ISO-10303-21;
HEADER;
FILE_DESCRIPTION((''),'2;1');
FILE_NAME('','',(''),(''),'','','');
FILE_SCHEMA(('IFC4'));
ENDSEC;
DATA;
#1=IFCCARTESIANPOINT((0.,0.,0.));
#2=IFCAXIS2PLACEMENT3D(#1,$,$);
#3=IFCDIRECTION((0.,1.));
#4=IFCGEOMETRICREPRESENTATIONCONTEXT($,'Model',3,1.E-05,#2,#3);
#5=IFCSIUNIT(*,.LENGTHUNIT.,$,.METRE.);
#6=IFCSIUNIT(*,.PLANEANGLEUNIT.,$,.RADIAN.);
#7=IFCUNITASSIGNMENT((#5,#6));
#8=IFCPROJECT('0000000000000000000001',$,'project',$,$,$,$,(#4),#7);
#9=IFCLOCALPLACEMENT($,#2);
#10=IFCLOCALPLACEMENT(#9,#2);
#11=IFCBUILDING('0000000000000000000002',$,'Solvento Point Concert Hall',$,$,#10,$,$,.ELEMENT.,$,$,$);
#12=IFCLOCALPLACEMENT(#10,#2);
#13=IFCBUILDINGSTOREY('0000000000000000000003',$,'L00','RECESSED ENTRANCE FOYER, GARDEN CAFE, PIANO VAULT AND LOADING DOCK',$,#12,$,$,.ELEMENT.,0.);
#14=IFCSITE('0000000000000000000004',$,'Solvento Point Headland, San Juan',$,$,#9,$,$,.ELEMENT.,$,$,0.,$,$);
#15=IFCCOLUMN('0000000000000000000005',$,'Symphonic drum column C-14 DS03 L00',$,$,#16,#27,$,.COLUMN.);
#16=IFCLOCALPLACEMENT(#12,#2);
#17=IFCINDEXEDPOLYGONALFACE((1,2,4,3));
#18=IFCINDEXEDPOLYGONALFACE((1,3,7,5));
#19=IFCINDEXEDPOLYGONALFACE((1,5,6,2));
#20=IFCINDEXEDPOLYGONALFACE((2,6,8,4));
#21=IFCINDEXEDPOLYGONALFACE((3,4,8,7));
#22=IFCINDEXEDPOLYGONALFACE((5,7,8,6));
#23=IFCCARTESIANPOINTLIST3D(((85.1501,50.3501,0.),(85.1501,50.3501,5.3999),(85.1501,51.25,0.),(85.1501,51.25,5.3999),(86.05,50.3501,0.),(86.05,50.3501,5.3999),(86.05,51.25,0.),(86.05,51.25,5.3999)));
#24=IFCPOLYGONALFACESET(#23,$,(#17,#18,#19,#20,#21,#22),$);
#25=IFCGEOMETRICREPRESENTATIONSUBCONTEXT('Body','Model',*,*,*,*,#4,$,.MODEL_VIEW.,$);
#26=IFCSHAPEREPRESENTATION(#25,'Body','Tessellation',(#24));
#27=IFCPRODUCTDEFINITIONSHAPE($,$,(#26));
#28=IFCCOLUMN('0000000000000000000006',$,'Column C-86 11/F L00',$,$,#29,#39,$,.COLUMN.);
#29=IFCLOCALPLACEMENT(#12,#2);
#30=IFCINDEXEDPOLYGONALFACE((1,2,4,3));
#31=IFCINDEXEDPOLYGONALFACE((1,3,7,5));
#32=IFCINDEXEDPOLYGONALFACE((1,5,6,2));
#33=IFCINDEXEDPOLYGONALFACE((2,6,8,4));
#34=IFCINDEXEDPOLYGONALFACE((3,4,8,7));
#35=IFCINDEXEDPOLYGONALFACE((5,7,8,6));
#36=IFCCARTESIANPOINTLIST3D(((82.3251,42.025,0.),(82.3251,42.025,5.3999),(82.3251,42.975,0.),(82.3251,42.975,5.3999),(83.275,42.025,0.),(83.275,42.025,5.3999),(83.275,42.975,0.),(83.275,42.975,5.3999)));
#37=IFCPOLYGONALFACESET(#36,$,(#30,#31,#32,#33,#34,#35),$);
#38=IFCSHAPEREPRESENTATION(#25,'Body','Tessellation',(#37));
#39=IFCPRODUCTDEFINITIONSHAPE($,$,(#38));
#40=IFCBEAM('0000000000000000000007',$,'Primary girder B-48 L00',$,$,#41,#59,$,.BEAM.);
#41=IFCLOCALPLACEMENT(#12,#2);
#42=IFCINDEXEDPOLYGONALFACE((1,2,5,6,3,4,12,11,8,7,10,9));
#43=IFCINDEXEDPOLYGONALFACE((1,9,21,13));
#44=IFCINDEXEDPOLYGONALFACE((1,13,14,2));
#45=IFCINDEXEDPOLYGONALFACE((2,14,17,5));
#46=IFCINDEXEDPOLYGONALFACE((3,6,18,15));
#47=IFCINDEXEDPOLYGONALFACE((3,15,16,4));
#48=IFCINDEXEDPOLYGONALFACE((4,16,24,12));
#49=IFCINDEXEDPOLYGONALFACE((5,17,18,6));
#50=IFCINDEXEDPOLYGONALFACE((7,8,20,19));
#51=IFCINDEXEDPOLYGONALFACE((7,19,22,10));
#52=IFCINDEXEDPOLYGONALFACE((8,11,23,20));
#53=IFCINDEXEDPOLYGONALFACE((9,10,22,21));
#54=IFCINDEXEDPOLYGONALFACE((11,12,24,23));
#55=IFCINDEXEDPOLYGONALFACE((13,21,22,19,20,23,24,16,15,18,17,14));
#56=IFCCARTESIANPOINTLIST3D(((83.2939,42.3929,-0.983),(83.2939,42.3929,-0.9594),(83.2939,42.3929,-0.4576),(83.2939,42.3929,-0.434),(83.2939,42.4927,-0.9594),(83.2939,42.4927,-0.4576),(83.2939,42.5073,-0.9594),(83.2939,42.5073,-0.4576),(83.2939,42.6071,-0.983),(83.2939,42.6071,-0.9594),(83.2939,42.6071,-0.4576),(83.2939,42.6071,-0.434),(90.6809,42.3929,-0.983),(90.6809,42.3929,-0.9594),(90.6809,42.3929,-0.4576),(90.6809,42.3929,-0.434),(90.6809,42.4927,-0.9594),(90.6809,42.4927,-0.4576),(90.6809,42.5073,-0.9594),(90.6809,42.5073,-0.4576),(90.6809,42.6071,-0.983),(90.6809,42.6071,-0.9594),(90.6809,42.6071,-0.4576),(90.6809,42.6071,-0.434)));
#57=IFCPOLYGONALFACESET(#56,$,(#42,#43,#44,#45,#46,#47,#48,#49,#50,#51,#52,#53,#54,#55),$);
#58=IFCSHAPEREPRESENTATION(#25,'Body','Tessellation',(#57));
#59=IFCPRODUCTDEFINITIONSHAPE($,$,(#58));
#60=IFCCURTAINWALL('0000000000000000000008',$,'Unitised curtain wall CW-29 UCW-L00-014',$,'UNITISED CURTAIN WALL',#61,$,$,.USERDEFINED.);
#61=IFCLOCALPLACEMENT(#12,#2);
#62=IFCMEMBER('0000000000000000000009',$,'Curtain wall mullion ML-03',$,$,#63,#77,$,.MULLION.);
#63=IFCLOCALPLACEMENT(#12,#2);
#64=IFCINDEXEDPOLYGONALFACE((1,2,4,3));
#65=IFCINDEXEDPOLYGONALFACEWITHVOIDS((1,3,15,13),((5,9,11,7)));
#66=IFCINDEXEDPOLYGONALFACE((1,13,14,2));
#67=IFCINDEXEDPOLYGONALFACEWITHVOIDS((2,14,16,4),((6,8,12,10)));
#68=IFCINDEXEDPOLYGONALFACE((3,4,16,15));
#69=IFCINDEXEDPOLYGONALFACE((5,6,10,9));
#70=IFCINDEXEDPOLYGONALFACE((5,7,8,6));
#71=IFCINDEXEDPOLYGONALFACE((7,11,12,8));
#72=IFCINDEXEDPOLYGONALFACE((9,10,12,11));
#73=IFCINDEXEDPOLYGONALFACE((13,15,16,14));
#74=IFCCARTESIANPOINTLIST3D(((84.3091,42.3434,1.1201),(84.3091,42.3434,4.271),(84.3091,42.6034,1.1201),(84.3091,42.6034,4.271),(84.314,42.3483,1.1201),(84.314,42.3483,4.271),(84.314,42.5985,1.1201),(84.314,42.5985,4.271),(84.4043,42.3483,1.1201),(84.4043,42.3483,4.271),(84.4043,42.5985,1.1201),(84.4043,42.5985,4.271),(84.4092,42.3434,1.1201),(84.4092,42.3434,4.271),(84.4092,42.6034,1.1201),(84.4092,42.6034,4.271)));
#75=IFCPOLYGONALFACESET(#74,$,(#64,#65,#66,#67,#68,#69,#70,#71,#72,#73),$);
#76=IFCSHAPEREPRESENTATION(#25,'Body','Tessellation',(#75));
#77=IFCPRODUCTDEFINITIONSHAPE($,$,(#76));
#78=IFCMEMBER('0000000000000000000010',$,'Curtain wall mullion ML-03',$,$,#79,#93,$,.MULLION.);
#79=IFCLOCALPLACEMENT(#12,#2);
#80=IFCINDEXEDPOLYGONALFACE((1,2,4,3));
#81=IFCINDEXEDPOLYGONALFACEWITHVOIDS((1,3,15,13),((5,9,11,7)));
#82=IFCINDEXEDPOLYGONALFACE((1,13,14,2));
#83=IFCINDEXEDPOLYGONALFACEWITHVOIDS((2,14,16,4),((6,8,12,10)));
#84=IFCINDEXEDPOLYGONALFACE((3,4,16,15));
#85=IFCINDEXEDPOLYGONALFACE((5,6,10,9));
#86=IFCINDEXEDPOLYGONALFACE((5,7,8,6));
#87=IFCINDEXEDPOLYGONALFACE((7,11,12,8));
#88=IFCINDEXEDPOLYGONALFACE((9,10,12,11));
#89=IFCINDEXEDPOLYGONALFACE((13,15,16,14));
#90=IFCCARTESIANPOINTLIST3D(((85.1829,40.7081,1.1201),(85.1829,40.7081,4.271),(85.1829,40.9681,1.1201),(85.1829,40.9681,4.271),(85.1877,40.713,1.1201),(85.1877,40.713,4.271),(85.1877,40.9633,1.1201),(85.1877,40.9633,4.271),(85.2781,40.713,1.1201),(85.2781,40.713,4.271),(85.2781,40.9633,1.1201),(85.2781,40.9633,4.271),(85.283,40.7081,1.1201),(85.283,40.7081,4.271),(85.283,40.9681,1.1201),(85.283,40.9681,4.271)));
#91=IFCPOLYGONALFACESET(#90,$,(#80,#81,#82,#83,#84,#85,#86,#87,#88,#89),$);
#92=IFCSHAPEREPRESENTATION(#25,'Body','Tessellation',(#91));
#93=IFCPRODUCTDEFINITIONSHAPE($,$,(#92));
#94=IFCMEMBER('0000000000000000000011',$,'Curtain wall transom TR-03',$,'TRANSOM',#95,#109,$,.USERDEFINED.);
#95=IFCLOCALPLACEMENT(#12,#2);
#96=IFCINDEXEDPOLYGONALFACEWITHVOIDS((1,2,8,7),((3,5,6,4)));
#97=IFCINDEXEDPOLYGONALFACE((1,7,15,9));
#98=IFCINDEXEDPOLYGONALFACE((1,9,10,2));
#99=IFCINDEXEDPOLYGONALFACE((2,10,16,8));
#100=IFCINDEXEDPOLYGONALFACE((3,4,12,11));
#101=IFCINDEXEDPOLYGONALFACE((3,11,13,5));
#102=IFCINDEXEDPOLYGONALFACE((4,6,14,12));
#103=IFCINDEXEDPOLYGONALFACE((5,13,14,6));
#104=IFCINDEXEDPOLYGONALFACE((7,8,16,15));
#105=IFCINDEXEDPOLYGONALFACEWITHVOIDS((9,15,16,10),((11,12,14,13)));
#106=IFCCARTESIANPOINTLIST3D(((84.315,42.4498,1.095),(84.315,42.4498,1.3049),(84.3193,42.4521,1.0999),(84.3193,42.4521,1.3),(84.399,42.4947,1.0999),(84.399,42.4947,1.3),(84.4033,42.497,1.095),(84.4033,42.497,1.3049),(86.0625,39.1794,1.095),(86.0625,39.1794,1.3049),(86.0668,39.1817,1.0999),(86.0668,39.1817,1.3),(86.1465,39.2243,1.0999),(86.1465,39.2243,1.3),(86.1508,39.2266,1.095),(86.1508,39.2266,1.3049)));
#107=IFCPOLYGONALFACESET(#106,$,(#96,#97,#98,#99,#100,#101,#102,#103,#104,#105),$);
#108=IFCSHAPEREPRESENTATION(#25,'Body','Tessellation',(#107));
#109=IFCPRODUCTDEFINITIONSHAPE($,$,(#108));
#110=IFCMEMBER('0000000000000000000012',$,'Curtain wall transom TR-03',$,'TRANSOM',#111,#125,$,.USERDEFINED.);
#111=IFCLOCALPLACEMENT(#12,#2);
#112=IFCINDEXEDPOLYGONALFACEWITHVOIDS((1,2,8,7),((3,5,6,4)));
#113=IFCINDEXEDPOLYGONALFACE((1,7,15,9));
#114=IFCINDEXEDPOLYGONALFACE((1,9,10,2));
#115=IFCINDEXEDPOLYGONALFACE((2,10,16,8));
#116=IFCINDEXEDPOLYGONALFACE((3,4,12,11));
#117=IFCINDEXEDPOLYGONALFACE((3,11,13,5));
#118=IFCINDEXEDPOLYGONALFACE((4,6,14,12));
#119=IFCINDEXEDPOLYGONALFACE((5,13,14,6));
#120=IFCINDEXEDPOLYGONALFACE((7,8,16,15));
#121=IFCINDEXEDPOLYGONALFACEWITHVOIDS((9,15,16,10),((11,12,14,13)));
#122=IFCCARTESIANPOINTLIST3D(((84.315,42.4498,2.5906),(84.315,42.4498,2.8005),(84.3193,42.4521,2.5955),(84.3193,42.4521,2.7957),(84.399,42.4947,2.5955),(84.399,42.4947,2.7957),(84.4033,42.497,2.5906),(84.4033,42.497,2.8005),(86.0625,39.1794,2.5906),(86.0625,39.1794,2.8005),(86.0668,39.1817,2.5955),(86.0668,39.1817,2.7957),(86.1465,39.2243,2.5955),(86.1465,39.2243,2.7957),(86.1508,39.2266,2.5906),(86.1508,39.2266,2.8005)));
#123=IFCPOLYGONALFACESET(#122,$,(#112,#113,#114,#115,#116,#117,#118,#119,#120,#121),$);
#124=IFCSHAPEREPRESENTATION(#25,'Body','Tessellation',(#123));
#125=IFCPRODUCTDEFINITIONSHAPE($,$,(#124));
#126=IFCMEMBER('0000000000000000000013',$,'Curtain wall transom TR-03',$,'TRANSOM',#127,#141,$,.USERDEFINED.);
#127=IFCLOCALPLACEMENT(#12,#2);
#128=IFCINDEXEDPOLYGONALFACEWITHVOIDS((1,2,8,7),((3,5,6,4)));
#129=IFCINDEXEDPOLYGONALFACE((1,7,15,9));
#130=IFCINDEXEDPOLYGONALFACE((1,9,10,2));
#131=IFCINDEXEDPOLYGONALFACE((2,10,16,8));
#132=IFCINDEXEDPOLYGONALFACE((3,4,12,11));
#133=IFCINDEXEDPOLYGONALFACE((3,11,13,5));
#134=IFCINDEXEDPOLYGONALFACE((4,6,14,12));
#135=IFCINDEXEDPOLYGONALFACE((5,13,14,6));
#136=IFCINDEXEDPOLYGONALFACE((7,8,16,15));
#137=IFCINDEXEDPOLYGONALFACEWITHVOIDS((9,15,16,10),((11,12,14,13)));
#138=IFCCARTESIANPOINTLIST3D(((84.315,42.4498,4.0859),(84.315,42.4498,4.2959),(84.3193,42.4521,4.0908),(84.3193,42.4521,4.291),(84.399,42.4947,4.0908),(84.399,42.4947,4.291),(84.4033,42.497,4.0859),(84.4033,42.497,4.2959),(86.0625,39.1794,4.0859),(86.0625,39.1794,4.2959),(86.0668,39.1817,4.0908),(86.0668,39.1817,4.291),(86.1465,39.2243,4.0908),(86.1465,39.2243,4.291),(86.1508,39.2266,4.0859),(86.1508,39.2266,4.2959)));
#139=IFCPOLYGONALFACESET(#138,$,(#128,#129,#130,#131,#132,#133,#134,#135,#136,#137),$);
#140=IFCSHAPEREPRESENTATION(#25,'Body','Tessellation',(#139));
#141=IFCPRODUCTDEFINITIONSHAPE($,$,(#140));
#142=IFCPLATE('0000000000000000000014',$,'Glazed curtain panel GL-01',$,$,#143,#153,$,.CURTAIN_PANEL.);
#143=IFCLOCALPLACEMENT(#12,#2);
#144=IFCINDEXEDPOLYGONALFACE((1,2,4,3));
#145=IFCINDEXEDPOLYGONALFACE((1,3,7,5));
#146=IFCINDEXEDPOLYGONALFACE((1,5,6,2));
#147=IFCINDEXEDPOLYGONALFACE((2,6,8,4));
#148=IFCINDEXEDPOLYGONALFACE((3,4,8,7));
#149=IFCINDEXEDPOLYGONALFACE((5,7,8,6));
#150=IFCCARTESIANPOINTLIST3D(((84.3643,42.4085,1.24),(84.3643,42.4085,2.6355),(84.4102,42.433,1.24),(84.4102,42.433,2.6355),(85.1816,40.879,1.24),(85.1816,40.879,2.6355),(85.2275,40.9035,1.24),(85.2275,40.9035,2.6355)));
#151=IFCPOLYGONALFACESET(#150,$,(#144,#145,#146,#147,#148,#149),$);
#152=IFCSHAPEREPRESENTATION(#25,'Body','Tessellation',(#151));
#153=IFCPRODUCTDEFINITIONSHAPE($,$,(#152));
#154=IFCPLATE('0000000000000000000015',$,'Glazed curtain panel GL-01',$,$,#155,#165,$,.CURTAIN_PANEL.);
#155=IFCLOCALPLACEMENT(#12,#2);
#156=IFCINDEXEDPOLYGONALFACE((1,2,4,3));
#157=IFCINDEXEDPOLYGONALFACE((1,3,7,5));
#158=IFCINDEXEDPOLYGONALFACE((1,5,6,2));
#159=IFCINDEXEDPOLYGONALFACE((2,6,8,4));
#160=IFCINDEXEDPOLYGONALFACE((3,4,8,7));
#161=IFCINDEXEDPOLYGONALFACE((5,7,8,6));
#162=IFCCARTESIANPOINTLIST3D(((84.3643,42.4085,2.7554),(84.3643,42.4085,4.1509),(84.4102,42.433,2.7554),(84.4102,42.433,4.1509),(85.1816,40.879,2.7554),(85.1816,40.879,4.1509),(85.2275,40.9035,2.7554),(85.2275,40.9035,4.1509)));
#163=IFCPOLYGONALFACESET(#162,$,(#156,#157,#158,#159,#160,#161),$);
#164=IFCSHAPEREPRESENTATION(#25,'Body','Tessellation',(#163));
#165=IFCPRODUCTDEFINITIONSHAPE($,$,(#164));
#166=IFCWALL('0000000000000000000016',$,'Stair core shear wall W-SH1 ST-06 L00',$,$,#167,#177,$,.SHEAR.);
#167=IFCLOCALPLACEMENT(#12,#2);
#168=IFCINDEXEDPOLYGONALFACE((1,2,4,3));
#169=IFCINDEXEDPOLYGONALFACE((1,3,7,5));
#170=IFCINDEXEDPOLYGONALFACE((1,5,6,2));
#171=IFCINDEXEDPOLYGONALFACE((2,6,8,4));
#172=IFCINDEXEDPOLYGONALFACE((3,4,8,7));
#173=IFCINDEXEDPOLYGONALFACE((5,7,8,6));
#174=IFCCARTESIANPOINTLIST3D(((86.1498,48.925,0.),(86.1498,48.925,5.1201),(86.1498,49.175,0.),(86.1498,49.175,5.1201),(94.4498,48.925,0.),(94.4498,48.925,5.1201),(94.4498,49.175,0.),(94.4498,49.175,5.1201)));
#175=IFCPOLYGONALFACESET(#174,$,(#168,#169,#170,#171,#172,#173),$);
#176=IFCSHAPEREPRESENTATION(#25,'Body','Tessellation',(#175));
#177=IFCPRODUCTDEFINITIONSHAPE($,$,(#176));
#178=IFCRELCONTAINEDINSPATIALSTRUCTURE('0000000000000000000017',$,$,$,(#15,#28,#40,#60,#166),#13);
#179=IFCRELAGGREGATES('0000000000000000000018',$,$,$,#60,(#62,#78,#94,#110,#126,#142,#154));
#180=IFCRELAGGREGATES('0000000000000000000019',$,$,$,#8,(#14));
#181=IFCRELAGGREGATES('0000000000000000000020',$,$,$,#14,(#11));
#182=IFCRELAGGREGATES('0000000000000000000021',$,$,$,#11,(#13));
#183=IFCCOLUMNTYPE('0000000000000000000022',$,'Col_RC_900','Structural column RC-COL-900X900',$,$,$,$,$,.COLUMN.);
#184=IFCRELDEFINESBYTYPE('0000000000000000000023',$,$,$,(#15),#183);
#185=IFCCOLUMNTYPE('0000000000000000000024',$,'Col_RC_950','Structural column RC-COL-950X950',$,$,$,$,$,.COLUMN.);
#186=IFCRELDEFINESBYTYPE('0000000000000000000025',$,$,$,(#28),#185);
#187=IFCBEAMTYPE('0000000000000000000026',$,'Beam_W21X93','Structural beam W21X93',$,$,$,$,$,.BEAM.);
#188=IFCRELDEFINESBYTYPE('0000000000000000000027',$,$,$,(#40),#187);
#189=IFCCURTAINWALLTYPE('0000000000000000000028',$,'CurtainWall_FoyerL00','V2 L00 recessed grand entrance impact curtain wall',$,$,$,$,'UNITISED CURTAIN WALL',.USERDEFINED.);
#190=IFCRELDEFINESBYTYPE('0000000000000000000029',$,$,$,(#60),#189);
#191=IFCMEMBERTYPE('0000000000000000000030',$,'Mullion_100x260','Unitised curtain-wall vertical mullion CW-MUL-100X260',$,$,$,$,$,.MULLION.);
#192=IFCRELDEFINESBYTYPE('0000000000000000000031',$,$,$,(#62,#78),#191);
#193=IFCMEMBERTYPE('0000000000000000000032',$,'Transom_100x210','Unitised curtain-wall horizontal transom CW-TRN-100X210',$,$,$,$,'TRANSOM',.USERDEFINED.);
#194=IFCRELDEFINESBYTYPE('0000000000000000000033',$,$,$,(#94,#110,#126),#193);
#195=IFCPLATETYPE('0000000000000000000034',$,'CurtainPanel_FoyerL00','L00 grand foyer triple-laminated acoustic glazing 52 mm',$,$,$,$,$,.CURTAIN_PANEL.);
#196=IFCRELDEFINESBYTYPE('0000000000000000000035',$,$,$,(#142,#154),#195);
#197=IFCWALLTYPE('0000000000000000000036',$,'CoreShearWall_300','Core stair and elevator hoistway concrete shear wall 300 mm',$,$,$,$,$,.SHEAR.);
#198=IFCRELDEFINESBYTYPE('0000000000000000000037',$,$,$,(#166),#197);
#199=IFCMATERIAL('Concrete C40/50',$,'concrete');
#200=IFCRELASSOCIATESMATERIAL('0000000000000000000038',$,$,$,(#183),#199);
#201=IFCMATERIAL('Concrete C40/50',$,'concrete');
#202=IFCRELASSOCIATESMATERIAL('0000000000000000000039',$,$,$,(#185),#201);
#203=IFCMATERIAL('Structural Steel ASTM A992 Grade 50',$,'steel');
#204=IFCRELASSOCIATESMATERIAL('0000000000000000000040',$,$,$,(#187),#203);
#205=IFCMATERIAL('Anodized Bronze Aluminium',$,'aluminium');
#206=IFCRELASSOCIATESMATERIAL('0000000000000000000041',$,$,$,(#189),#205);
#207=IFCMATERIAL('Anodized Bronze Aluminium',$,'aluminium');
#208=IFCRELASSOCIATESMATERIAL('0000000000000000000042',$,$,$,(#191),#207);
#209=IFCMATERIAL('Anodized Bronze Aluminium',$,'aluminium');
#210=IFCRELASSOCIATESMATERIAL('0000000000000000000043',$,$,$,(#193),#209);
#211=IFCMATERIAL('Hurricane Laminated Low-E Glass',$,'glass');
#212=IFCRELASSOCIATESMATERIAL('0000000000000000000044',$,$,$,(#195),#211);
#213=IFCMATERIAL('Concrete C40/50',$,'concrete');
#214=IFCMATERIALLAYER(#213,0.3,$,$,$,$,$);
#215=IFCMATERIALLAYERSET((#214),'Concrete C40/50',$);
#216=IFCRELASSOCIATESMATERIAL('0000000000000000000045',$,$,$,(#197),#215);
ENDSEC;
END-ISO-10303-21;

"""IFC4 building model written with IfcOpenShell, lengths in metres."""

from ifc_helpers import new_model, si_unit, direction, frame, frame_2d, origin, origin_2d, place, context, subcontext, project, spatial, rectangle, hollow_rectangle, i_section, extrude, material, layer, layer_set, material_profile, profile_set, type_object, element, aggregate, save


model = new_model("IFC4")

# Units and contexts
model_context = context("Model", 3, precision=1e-05, world=origin(), true_north=direction((0.0, 1.0)))
body_context = subcontext(model_context, "Body", "Model", "MODEL_VIEW")
ifc_project = project(units=[si_unit("LENGTHUNIT", "METRE"), si_unit("PLANEANGLEUNIT", "RADIAN")], contexts=[model_context])

# Site, building, storey
site_placement = place(None, origin())
site = spatial("IfcSite", under=ifc_project, at=site_placement, Name="Solvento Point Headland, San Juan", CompositionType="ELEMENT", RefElevation=0.0)
building_placement = place(site_placement, origin())
building = spatial("IfcBuilding", under=site, at=building_placement, Name="Solvento Point Concert Hall", CompositionType="ELEMENT")
storey_placement = place(building_placement, origin())
storey = spatial("IfcBuildingStorey", under=building, at=storey_placement, Name="L00", Description="RECESSED ENTRANCE FOYER, GARDEN CAFE, PIANO VAULT AND LOADING DOCK", CompositionType="ELEMENT", Elevation=0.0)

# Columns
ifc_material_1 = material(Name="Concrete C40/50", Category="concrete")
ifc_material_profile_1 = material_profile(ifc_material_1, rectangle(XDim=0.8999, YDim=0.8999, at=origin_2d()), Name="RC-COL-900X900")
ifc_profile_set_1 = profile_set([ifc_material_profile_1], Name="Concrete C40/50")
column_type_1 = type_object("IfcColumnType", Name="Col_RC_900", Description="Structural column RC-COL-900X900", PredefinedType="COLUMN", material=ifc_profile_set_1)
column_1_placement = place(storey_placement, frame((85.6001, 50.8, 0.0), z_axis=(0.0, 0.0, 1.0), x_axis=(1.0, 0.0, 0.0)))
element("IfcColumn", 1, at=column_1_placement, inside=storey, type_object=column_type_1, Name="Symphonic drum column C-14 DS03 L00", PredefinedType="COLUMN", context=body_context, shape_type="SweptSolid", body=[
    extrude(rectangle(XDim=0.8999, YDim=0.8999, at=origin_2d()), origin(), (0.0, 0.0, 1.0), 5.3999),
])
ifc_material_2 = material(Name="Concrete C40/50", Category="concrete")
ifc_material_profile_2 = material_profile(ifc_material_2, rectangle(XDim=0.95, YDim=0.95, at=origin_2d()), Name="RC-COL-950X950")
ifc_profile_set_2 = profile_set([ifc_material_profile_2], Name="Concrete C40/50")
column_type_2 = type_object("IfcColumnType", Name="Col_RC_950", Description="Structural column RC-COL-950X950", PredefinedType="COLUMN", material=ifc_profile_set_2)
column_2_placement = place(storey_placement, frame((82.8, 42.5, 0.0), z_axis=(0.0, 0.0, 1.0), x_axis=(1.0, 0.0, 0.0)))
element("IfcColumn", 2, at=column_2_placement, inside=storey, type_object=column_type_2, Name="Column C-86 11/F L00", PredefinedType="COLUMN", context=body_context, shape_type="SweptSolid", body=[
    extrude(rectangle(XDim=0.95, YDim=0.95, at=origin_2d()), origin(), (0.0, 0.0, 1.0), 5.3999),
])

# Beam
ifc_material_3 = material(Name="Structural Steel ASTM A992 Grade 50", Category="steel")
ifc_material_profile_3 = material_profile(ifc_material_3, i_section(OverallWidth=0.2141, OverallDepth=0.5491, WebThickness=0.0146, FlangeThickness=0.0237, at=origin_2d()), Name="W21X93")
ifc_profile_set_3 = profile_set([ifc_material_profile_3], Name="Structural Steel ASTM A992 Grade 50")
beam_type = type_object("IfcBeamType", Name="Beam_W21X93", Description="Structural beam W21X93", PredefinedType="BEAM", material=ifc_profile_set_3)
beam_placement = place(storey_placement, frame((83.2939, 42.5, -0.7085), z_axis=(1.0, 0.0, 0.0), x_axis=(0.0, 1.0, 0.0)))
element("IfcBeam", 3, at=beam_placement, inside=storey, type_object=beam_type, Name="Primary girder B-48 L00", PredefinedType="BEAM", context=body_context, shape_type="SweptSolid", body=[
    extrude(i_section(OverallWidth=0.2141, OverallDepth=0.5491, WebThickness=0.0146, FlangeThickness=0.0237, at=origin_2d()), origin(), (0.0, 0.0, 1.0), 7.387),
])

# Curtain wall, members, plates
ifc_material_4 = material(Name="Anodized Bronze Aluminium", Category="aluminium")
curtain_wall_type = type_object("IfcCurtainWallType", Name="CurtainWall_FoyerL00", Description="V2 L00 recessed grand entrance impact curtain wall", ElementType="UNITISED CURTAIN WALL", PredefinedType="USERDEFINED", material=ifc_material_4)
curtain_wall_placement = place(storey_placement, origin())
curtain_wall = element("IfcCurtainWall", 4, at=curtain_wall_placement, inside=storey, type_object=curtain_wall_type, Name="Unitised curtain wall CW-29 UCW-L00-014", ObjectType="UNITISED CURTAIN WALL", PredefinedType="USERDEFINED")
ifc_material_5 = material(Name="Anodized Bronze Aluminium", Category="aluminium")
ifc_material_profile_4 = material_profile(ifc_material_5, hollow_rectangle(XDim=0.1001, YDim=0.26, WallThickness=0.0049, at=origin_2d()), Name="CW-MUL-100X260")
ifc_profile_set_4 = profile_set([ifc_material_profile_4], Name="Anodized Bronze Aluminium")
member_type_1 = type_object("IfcMemberType", Name="Mullion_100x260", Description="Unitised curtain-wall vertical mullion CW-MUL-100X260", PredefinedType="MULLION", material=ifc_profile_set_4)
member_1_placement = place(storey_placement, frame((84.3591, 42.4734, 1.1201), z_axis=(0.0, 0.0, 1.0), x_axis=(1.0, 0.0, 0.0)))
member_1 = element("IfcMember", 5, at=member_1_placement, type_object=member_type_1, Name="Curtain wall mullion ML-03", PredefinedType="MULLION", context=body_context, shape_type="SweptSolid", body=[
    extrude(hollow_rectangle(XDim=0.1001, YDim=0.26, WallThickness=0.0049, at=origin_2d()), origin(), (0.0, 0.0, 1.0), 3.1509),
])
member_2_placement = place(storey_placement, frame((85.2329, 40.8381, 1.1201), z_axis=(0.0, 0.0, 1.0), x_axis=(1.0, 0.0, 0.0)))
member_2 = element("IfcMember", 6, at=member_2_placement, type_object=member_type_1, Name="Curtain wall mullion ML-03", PredefinedType="MULLION", context=body_context, shape_type="SweptSolid", body=[
    extrude(hollow_rectangle(XDim=0.1001, YDim=0.26, WallThickness=0.0049, at=origin_2d()), origin(), (0.0, 0.0, 1.0), 3.1509),
])
ifc_material_6 = material(Name="Anodized Bronze Aluminium", Category="aluminium")
ifc_material_profile_5 = material_profile(ifc_material_6, hollow_rectangle(XDim=0.1001, YDim=0.21, WallThickness=0.0049, at=origin_2d()), Name="CW-TRN-100X210")
ifc_profile_set_5 = profile_set([ifc_material_profile_5], Name="Anodized Bronze Aluminium")
member_type_2 = type_object("IfcMemberType", Name="Transom_100x210", Description="Unitised curtain-wall horizontal transom CW-TRN-100X210", ElementType="TRANSOM", PredefinedType="USERDEFINED", material=ifc_profile_set_5)
member_3_placement = place(storey_placement, frame((84.3591, 42.4734, 1.2), z_axis=(0.471278, -0.881985, 0.0), x_axis=(0.881985, 0.471278, 0.0)))
member_3 = element("IfcMember", 7, at=member_3_placement, type_object=member_type_2, Name="Curtain wall transom TR-03", ObjectType="TRANSOM", PredefinedType="USERDEFINED", context=body_context, shape_type="SweptSolid", body=[
    extrude(hollow_rectangle(XDim=0.1001, YDim=0.21, WallThickness=0.0049, at=origin_2d()), origin(), (0.0, 0.0, 1.0), 3.708),
])
member_4_placement = place(storey_placement, frame((84.3591, 42.4734, 2.6956), z_axis=(0.471278, -0.881985, 0.0), x_axis=(0.881985, 0.471278, 0.0)))
member_4 = element("IfcMember", 8, at=member_4_placement, type_object=member_type_2, Name="Curtain wall transom TR-03", ObjectType="TRANSOM", PredefinedType="USERDEFINED", context=body_context, shape_type="SweptSolid", body=[
    extrude(hollow_rectangle(XDim=0.1001, YDim=0.21, WallThickness=0.0049, at=origin_2d()), origin(), (0.0, 0.0, 1.0), 3.708),
])
member_5_placement = place(storey_placement, frame((84.3591, 42.4734, 4.1909), z_axis=(0.471278, -0.881985, 0.0), x_axis=(0.881985, 0.471278, 0.0)))
member_5 = element("IfcMember", 9, at=member_5_placement, type_object=member_type_2, Name="Curtain wall transom TR-03", ObjectType="TRANSOM", PredefinedType="USERDEFINED", context=body_context, shape_type="SweptSolid", body=[
    extrude(hollow_rectangle(XDim=0.1001, YDim=0.21, WallThickness=0.0049, at=origin_2d()), origin(), (0.0, 0.0, 1.0), 3.708),
])
ifc_material_7 = material(Name="Hurricane Laminated Low-E Glass", Category="glass")
plate_type = type_object("IfcPlateType", Name="CurtainPanel_FoyerL00", Description="L00 grand foyer triple-laminated acoustic glazing 52 mm", PredefinedType="CURTAIN_PANEL", material=ifc_material_7)
plate_1_placement = place(storey_placement, frame((84.7959, 41.656, 1.24), z_axis=(0.0, 0.0, 1.0), x_axis=(0.471272, -0.881988, 0.0)))
plate_1 = element("IfcPlate", 10, at=plate_1_placement, type_object=plate_type, Name="Glazed curtain panel GL-01", PredefinedType="CURTAIN_PANEL", context=body_context, shape_type="SweptSolid", body=[
    extrude(rectangle(XDim=1.7341, YDim=0.052, at=origin_2d()), origin(), (0.0, 0.0, 1.0), 1.3955),
])
plate_2_placement = place(storey_placement, frame((84.7959, 41.656, 2.7554), z_axis=(0.0, 0.0, 1.0), x_axis=(0.471272, -0.881988, 0.0)))
plate_2 = element("IfcPlate", 11, at=plate_2_placement, type_object=plate_type, Name="Glazed curtain panel GL-01", PredefinedType="CURTAIN_PANEL", context=body_context, shape_type="SweptSolid", body=[
    extrude(rectangle(XDim=1.7341, YDim=0.052, at=origin_2d()), origin(), (0.0, 0.0, 1.0), 1.3955),
])
aggregate(curtain_wall, [member_1, member_2, member_3, member_4, member_5, plate_1, plate_2])

# Wall
ifc_material_8 = material(Name="Concrete C40/50", Category="concrete")
ifc_layer_1 = layer(ifc_material_8, 0.3)
ifc_layer_set_1 = layer_set([ifc_layer_1], Name="Concrete C40/50")
wall_type_1 = type_object("IfcWallType", Name="CoreShearWall_300", Description="Core stair and elevator hoistway concrete shear wall 300 mm", PredefinedType="SHEAR", material=ifc_layer_set_1)
wall_1_placement = place(storey_placement, frame((86.1499, 49.05, 0.0), z_axis=(0.0, 0.0, 1.0), x_axis=(1.0, 0.0, 0.0)))
element("IfcWall", 12, at=wall_1_placement, inside=storey, type_object=wall_type_1, Name="Stair core shear wall W-SH1 ST-06 L00", PredefinedType="SHEAR", context=body_context, shape_type="SweptSolid", body=[
    extrude(rectangle(XDim=8.3, YDim=0.25, at=frame_2d((4.1499, 0.0))), origin(), (0.0, 0.0, 1.0), 5.1201),
])

save(model, "model.ifc")
